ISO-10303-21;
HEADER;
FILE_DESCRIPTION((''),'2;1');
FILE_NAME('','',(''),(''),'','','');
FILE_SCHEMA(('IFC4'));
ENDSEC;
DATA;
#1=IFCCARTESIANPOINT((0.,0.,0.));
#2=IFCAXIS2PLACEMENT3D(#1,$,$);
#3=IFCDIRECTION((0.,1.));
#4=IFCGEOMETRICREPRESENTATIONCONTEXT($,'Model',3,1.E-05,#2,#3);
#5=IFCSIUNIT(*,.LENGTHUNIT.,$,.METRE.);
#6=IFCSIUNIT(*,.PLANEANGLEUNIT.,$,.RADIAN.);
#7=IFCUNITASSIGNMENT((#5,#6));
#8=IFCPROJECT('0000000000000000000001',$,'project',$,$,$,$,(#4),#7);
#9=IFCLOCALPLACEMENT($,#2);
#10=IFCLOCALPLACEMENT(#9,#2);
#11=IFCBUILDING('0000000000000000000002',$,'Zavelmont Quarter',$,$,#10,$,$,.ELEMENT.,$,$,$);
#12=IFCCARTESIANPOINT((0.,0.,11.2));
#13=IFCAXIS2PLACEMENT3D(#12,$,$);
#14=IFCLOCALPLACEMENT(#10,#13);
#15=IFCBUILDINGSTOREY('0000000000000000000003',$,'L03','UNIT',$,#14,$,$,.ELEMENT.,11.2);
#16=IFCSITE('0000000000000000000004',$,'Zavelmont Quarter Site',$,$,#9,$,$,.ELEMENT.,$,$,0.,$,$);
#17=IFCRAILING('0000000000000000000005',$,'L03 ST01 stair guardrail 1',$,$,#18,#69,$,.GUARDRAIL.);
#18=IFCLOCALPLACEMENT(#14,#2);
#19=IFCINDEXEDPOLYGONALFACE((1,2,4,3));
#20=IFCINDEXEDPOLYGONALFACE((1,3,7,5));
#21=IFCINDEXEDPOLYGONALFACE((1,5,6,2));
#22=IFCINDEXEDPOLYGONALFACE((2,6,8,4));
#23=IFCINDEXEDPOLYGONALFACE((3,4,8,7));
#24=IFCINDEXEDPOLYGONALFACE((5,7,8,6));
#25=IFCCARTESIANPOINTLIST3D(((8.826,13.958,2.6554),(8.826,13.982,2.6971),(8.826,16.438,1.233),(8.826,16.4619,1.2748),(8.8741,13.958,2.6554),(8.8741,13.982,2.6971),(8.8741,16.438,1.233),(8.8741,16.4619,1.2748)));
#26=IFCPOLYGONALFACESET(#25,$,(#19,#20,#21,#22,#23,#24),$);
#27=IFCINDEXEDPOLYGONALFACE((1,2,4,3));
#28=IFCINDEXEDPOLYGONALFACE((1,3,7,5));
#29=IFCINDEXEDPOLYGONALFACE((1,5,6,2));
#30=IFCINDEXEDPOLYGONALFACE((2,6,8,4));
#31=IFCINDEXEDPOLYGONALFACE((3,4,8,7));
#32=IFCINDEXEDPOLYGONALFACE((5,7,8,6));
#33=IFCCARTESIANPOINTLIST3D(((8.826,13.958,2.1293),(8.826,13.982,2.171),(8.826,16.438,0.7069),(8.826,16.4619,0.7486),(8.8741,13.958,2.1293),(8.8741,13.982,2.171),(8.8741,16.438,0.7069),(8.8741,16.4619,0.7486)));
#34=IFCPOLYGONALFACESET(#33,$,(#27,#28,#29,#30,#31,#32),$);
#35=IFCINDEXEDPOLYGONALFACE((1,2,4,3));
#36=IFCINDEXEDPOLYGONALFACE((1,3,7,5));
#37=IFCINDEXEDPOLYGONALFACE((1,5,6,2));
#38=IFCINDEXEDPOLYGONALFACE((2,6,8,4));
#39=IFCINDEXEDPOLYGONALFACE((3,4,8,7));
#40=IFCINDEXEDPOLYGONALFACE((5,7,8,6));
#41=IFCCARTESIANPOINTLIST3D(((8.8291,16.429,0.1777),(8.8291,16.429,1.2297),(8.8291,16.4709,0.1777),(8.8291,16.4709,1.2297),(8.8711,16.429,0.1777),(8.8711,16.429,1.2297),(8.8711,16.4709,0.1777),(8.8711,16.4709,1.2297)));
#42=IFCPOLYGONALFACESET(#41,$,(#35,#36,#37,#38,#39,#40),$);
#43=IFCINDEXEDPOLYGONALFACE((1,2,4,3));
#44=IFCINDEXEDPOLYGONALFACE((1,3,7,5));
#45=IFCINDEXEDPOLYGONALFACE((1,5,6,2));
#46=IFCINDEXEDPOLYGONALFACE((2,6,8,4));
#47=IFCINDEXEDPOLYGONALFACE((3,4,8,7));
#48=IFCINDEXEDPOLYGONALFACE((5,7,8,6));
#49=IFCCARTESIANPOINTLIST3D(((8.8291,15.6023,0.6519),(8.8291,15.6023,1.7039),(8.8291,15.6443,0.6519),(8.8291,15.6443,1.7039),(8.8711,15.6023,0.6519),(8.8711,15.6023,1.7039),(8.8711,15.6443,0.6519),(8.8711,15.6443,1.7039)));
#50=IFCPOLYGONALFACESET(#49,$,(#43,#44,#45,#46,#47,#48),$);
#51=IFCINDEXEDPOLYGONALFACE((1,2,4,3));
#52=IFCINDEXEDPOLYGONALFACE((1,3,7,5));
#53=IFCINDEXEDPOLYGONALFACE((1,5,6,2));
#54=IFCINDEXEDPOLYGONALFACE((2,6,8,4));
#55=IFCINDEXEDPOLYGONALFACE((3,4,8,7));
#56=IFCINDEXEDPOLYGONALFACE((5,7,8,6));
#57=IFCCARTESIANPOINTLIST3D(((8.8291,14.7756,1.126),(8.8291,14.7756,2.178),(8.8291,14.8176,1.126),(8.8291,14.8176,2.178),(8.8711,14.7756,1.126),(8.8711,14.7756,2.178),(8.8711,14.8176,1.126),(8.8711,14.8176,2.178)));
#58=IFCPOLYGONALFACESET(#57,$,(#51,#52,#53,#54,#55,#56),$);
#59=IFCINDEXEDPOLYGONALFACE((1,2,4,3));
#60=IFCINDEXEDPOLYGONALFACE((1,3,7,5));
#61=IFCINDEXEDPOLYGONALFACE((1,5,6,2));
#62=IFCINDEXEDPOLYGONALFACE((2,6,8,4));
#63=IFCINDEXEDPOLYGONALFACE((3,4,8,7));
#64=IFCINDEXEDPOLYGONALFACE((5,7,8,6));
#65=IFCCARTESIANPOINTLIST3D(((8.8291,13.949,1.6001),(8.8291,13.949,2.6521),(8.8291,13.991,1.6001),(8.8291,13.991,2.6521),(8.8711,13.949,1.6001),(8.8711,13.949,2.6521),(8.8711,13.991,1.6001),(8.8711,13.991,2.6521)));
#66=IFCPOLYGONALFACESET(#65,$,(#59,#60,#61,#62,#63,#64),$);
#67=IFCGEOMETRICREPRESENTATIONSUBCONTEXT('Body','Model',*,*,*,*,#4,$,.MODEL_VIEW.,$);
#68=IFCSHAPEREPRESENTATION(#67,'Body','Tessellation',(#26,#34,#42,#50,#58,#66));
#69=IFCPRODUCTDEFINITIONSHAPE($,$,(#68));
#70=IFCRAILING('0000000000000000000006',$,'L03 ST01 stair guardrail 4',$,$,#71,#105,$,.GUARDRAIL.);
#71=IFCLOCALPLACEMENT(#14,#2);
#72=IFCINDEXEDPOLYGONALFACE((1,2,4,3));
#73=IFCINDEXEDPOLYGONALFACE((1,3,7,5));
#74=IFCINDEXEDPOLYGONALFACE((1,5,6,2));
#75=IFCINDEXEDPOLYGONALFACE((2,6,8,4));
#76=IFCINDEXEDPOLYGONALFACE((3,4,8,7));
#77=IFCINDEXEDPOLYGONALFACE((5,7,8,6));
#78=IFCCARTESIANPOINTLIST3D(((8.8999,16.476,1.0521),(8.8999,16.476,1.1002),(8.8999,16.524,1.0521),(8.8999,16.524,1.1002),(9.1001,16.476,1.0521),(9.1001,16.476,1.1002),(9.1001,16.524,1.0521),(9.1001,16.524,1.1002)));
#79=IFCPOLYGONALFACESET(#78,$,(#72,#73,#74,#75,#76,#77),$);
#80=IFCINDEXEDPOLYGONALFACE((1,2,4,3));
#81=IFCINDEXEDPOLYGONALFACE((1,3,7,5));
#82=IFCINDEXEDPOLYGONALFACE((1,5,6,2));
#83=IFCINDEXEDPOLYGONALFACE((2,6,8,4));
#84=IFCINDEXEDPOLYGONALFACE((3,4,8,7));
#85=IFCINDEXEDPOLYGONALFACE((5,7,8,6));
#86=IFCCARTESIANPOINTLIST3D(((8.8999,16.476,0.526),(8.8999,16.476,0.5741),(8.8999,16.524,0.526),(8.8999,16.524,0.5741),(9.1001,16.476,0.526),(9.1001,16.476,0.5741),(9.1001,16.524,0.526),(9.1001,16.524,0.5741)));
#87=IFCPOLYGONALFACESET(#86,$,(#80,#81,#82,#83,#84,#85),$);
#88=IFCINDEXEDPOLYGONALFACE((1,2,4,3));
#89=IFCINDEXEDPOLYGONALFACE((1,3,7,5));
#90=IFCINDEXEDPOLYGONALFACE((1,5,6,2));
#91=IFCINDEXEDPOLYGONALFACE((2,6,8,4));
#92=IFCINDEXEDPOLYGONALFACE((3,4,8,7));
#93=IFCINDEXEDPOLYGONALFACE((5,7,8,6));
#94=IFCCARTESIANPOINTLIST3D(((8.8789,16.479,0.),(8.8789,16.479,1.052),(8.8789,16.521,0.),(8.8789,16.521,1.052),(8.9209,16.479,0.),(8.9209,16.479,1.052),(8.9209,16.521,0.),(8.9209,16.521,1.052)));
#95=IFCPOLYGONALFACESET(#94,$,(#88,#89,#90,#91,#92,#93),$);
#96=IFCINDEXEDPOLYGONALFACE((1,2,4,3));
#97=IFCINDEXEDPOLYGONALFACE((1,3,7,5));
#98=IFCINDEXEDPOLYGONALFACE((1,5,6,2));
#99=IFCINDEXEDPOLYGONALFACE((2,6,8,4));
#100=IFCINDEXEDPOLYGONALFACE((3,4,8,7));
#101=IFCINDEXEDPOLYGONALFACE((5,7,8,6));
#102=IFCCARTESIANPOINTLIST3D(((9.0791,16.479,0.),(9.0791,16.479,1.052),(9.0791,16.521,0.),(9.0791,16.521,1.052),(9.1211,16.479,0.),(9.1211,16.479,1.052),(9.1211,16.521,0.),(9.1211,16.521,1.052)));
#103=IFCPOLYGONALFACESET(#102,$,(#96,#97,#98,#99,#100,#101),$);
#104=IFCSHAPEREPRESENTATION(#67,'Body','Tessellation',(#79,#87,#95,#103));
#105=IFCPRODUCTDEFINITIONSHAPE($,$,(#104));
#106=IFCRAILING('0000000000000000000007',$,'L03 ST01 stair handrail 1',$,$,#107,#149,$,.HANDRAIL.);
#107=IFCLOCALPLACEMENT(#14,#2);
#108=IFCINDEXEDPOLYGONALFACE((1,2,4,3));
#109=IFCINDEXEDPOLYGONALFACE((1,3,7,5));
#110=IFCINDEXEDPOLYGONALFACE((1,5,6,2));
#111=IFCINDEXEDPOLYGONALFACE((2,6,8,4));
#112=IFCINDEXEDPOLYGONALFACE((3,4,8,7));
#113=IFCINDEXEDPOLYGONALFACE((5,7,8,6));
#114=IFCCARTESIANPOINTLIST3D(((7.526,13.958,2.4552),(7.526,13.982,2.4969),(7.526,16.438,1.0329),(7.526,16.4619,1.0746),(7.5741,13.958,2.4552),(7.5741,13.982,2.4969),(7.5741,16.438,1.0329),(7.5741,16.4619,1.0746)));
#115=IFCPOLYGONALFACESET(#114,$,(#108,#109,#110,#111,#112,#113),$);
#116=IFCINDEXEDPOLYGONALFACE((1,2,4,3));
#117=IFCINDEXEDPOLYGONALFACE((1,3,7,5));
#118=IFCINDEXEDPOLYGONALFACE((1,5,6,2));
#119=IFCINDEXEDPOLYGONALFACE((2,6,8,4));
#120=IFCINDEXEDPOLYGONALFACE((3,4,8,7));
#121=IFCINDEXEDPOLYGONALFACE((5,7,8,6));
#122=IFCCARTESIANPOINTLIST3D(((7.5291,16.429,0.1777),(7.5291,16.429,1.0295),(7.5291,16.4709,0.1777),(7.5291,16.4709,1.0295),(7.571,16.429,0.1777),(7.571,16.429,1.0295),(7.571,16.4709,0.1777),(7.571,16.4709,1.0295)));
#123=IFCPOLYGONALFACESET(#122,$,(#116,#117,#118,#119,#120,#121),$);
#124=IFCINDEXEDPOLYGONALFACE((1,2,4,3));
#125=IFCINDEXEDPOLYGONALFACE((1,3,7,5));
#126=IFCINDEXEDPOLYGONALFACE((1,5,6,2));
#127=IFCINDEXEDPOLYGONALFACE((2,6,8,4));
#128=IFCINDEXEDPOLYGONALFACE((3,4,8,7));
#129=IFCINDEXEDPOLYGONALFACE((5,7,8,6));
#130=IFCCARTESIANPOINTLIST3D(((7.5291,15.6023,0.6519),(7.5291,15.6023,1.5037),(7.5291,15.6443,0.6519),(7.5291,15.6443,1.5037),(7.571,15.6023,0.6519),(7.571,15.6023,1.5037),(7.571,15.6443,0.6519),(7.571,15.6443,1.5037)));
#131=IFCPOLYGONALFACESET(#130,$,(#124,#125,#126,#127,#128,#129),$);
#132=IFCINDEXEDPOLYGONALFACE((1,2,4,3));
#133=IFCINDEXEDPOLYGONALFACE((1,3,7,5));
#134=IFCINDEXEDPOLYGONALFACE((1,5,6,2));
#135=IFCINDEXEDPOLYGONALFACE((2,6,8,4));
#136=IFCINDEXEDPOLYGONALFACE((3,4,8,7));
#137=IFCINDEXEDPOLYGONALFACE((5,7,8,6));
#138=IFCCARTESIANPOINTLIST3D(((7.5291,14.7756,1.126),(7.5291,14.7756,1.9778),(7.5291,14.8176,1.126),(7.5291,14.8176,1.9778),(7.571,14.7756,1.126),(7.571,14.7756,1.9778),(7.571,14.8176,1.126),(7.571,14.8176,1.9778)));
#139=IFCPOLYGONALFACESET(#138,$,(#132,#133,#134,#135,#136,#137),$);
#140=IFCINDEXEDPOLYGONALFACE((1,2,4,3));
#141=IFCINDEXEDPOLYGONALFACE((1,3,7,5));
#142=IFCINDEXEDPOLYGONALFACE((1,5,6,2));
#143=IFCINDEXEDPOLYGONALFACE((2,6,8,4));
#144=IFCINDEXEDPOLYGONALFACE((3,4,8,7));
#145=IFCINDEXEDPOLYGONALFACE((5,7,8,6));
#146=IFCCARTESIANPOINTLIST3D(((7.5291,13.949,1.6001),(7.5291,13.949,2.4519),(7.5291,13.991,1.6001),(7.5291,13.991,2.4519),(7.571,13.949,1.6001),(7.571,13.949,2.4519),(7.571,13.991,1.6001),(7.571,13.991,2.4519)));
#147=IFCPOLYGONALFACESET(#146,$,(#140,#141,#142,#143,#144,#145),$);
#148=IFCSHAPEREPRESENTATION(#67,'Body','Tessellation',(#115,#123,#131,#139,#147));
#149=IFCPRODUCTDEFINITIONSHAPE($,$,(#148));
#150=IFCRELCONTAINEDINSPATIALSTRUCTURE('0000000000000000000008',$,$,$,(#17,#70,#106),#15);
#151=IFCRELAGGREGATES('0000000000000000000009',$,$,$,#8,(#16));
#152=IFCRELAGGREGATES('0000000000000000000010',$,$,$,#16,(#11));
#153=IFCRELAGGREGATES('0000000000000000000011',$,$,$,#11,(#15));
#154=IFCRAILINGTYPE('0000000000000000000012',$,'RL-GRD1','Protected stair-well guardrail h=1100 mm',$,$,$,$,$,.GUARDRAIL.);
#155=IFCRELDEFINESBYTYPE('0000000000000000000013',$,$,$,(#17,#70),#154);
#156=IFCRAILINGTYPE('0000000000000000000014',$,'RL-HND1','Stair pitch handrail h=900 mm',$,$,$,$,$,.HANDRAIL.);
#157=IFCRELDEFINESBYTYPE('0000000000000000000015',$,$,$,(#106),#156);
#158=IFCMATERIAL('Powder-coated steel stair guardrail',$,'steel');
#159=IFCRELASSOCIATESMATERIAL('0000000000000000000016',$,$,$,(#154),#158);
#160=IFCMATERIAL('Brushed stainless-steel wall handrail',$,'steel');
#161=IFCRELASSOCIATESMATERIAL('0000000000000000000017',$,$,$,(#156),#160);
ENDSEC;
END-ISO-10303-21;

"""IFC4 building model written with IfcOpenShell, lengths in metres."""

from ifc_helpers import new_model, si_unit, direction, frame, origin, origin_2d, place, context, subcontext, project, spatial, rectangle, extrude, material, type_object, element, save


model = new_model("IFC4")

# Units and contexts
model_context = context("Model", 3, precision=1e-05, world=origin(), true_north=direction((0.0, 1.0)))
body_context = subcontext(model_context, "Body", "Model", "MODEL_VIEW")
ifc_project = project(units=[si_unit("LENGTHUNIT", "METRE"), si_unit("PLANEANGLEUNIT", "RADIAN")], contexts=[model_context])

# Site, building, storey
site_placement = place(None, origin())
site = spatial("IfcSite", under=ifc_project, at=site_placement, Name="Zavelmont Quarter Site", CompositionType="ELEMENT", RefElevation=0.0)
building_placement = place(site_placement, origin())
building = spatial("IfcBuilding", under=site, at=building_placement, Name="Zavelmont Quarter", CompositionType="ELEMENT")
storey_placement = place(building_placement, frame((0.0, 0.0, 11.2)))
storey = spatial("IfcBuildingStorey", under=building, at=storey_placement, Name="L03", Description="UNIT", CompositionType="ELEMENT", Elevation=11.2)

# Railings
ifc_material_1 = material(Name="Powder-coated steel stair guardrail", Category="steel")
railing_type_1 = type_object("IfcRailingType", Name="RL-GRD1", Description="Protected stair-well guardrail h=1100 mm", PredefinedType="GUARDRAIL", material=ifc_material_1)
railing_1_placement = place(storey_placement, frame((8.8501, 16.45, 0.1777)))
element("IfcRailing", 1, at=railing_1_placement, inside=storey, type_object=railing_type_1, Name="L03 ST01 stair guardrail 1", PredefinedType="GUARDRAIL", context=body_context, shape_type="SweptSolid", body=[
    extrude(rectangle(XDim=0.0481, YDim=0.0481, at=origin_2d()), frame((0.0, 0.0, 1.0762), z_axis=(0.0, -0.867454, 0.497518), x_axis=(1.0, 0.0, 0.0)), (0.0, 0.0, 1.0), 2.8589),
    extrude(rectangle(XDim=0.0481, YDim=0.0481, at=origin_2d()), frame((0.0, 0.0, 0.55), z_axis=(0.0, -0.867454, 0.497518), x_axis=(1.0, 0.0, 0.0)), (0.0, 0.0, 1.0), 2.8589),
    extrude(rectangle(XDim=0.042, YDim=0.042, at=origin_2d()), origin(), (0.0, 0.0, 1.0), 1.052),
    extrude(rectangle(XDim=0.042, YDim=0.042, at=origin_2d()), frame((0.0, -0.8267, 0.4741)), (0.0, 0.0, 1.0), 1.052),
    extrude(rectangle(XDim=0.042, YDim=0.042, at=origin_2d()), frame((0.0, -1.6533, 0.9482)), (0.0, 0.0, 1.0), 1.052),
    extrude(rectangle(XDim=0.042, YDim=0.042, at=origin_2d()), frame((0.0, -2.48, 1.4224)), (0.0, 0.0, 1.0), 1.052),
])
railing_2_placement = place(storey_placement, frame((8.8999, 16.5, 0.0)))
element("IfcRailing", 2, at=railing_2_placement, inside=storey, type_object=railing_type_1, Name="L03 ST01 stair guardrail 4", PredefinedType="GUARDRAIL", context=body_context, shape_type="SweptSolid", body=[
    extrude(rectangle(XDim=0.0481, YDim=0.0481, at=origin_2d()), frame((0.0, 0.0, 1.0762), z_axis=(1.0, 0.0, 0.0), x_axis=(0.0, 1.0, 0.0)), (0.0, 0.0, 1.0), 0.2002),
    extrude(rectangle(XDim=0.0481, YDim=0.0481, at=origin_2d()), frame((0.0, 0.0, 0.55), z_axis=(1.0, 0.0, 0.0), x_axis=(0.0, 1.0, 0.0)), (0.0, 0.0, 1.0), 0.2002),
    extrude(rectangle(XDim=0.042, YDim=0.042, at=origin_2d()), origin(), (0.0, 0.0, 1.0), 1.052),
    extrude(rectangle(XDim=0.042, YDim=0.042, at=origin_2d()), frame((0.2002, 0.0, 0.0)), (0.0, 0.0, 1.0), 1.052),
])
ifc_material_2 = material(Name="Brushed stainless-steel wall handrail", Category="steel")
railing_type_2 = type_object("IfcRailingType", Name="RL-HND1", Description="Stair pitch handrail h=900 mm", PredefinedType="HANDRAIL", material=ifc_material_2)
railing_3_placement = place(storey_placement, frame((7.55, 16.45, 0.1777)))
element("IfcRailing", 3, at=railing_3_placement, inside=storey, type_object=railing_type_2, Name="L03 ST01 stair handrail 1", PredefinedType="HANDRAIL", context=body_context, shape_type="SweptSolid", body=[
    extrude(rectangle(XDim=0.0481, YDim=0.0481, at=origin_2d()), frame((0.0, 0.0, 0.876), z_axis=(0.0, -0.867454, 0.497518), x_axis=(1.0, 0.0, 0.0)), (0.0, 0.0, 1.0), 2.8589),
    extrude(rectangle(XDim=0.042, YDim=0.042, at=origin_2d()), origin(), (0.0, 0.0, 1.0), 0.8518),
    extrude(rectangle(XDim=0.042, YDim=0.042, at=origin_2d()), frame((0.0, -0.8267, 0.4741)), (0.0, 0.0, 1.0), 0.8518),
    extrude(rectangle(XDim=0.042, YDim=0.042, at=origin_2d()), frame((0.0, -1.6533, 0.9482)), (0.0, 0.0, 1.0), 0.8518),
    extrude(rectangle(XDim=0.042, YDim=0.042, at=origin_2d()), frame((0.0, -2.48, 1.4224)), (0.0, 0.0, 1.0), 0.8518),
])

save(model, "model.ifc")
